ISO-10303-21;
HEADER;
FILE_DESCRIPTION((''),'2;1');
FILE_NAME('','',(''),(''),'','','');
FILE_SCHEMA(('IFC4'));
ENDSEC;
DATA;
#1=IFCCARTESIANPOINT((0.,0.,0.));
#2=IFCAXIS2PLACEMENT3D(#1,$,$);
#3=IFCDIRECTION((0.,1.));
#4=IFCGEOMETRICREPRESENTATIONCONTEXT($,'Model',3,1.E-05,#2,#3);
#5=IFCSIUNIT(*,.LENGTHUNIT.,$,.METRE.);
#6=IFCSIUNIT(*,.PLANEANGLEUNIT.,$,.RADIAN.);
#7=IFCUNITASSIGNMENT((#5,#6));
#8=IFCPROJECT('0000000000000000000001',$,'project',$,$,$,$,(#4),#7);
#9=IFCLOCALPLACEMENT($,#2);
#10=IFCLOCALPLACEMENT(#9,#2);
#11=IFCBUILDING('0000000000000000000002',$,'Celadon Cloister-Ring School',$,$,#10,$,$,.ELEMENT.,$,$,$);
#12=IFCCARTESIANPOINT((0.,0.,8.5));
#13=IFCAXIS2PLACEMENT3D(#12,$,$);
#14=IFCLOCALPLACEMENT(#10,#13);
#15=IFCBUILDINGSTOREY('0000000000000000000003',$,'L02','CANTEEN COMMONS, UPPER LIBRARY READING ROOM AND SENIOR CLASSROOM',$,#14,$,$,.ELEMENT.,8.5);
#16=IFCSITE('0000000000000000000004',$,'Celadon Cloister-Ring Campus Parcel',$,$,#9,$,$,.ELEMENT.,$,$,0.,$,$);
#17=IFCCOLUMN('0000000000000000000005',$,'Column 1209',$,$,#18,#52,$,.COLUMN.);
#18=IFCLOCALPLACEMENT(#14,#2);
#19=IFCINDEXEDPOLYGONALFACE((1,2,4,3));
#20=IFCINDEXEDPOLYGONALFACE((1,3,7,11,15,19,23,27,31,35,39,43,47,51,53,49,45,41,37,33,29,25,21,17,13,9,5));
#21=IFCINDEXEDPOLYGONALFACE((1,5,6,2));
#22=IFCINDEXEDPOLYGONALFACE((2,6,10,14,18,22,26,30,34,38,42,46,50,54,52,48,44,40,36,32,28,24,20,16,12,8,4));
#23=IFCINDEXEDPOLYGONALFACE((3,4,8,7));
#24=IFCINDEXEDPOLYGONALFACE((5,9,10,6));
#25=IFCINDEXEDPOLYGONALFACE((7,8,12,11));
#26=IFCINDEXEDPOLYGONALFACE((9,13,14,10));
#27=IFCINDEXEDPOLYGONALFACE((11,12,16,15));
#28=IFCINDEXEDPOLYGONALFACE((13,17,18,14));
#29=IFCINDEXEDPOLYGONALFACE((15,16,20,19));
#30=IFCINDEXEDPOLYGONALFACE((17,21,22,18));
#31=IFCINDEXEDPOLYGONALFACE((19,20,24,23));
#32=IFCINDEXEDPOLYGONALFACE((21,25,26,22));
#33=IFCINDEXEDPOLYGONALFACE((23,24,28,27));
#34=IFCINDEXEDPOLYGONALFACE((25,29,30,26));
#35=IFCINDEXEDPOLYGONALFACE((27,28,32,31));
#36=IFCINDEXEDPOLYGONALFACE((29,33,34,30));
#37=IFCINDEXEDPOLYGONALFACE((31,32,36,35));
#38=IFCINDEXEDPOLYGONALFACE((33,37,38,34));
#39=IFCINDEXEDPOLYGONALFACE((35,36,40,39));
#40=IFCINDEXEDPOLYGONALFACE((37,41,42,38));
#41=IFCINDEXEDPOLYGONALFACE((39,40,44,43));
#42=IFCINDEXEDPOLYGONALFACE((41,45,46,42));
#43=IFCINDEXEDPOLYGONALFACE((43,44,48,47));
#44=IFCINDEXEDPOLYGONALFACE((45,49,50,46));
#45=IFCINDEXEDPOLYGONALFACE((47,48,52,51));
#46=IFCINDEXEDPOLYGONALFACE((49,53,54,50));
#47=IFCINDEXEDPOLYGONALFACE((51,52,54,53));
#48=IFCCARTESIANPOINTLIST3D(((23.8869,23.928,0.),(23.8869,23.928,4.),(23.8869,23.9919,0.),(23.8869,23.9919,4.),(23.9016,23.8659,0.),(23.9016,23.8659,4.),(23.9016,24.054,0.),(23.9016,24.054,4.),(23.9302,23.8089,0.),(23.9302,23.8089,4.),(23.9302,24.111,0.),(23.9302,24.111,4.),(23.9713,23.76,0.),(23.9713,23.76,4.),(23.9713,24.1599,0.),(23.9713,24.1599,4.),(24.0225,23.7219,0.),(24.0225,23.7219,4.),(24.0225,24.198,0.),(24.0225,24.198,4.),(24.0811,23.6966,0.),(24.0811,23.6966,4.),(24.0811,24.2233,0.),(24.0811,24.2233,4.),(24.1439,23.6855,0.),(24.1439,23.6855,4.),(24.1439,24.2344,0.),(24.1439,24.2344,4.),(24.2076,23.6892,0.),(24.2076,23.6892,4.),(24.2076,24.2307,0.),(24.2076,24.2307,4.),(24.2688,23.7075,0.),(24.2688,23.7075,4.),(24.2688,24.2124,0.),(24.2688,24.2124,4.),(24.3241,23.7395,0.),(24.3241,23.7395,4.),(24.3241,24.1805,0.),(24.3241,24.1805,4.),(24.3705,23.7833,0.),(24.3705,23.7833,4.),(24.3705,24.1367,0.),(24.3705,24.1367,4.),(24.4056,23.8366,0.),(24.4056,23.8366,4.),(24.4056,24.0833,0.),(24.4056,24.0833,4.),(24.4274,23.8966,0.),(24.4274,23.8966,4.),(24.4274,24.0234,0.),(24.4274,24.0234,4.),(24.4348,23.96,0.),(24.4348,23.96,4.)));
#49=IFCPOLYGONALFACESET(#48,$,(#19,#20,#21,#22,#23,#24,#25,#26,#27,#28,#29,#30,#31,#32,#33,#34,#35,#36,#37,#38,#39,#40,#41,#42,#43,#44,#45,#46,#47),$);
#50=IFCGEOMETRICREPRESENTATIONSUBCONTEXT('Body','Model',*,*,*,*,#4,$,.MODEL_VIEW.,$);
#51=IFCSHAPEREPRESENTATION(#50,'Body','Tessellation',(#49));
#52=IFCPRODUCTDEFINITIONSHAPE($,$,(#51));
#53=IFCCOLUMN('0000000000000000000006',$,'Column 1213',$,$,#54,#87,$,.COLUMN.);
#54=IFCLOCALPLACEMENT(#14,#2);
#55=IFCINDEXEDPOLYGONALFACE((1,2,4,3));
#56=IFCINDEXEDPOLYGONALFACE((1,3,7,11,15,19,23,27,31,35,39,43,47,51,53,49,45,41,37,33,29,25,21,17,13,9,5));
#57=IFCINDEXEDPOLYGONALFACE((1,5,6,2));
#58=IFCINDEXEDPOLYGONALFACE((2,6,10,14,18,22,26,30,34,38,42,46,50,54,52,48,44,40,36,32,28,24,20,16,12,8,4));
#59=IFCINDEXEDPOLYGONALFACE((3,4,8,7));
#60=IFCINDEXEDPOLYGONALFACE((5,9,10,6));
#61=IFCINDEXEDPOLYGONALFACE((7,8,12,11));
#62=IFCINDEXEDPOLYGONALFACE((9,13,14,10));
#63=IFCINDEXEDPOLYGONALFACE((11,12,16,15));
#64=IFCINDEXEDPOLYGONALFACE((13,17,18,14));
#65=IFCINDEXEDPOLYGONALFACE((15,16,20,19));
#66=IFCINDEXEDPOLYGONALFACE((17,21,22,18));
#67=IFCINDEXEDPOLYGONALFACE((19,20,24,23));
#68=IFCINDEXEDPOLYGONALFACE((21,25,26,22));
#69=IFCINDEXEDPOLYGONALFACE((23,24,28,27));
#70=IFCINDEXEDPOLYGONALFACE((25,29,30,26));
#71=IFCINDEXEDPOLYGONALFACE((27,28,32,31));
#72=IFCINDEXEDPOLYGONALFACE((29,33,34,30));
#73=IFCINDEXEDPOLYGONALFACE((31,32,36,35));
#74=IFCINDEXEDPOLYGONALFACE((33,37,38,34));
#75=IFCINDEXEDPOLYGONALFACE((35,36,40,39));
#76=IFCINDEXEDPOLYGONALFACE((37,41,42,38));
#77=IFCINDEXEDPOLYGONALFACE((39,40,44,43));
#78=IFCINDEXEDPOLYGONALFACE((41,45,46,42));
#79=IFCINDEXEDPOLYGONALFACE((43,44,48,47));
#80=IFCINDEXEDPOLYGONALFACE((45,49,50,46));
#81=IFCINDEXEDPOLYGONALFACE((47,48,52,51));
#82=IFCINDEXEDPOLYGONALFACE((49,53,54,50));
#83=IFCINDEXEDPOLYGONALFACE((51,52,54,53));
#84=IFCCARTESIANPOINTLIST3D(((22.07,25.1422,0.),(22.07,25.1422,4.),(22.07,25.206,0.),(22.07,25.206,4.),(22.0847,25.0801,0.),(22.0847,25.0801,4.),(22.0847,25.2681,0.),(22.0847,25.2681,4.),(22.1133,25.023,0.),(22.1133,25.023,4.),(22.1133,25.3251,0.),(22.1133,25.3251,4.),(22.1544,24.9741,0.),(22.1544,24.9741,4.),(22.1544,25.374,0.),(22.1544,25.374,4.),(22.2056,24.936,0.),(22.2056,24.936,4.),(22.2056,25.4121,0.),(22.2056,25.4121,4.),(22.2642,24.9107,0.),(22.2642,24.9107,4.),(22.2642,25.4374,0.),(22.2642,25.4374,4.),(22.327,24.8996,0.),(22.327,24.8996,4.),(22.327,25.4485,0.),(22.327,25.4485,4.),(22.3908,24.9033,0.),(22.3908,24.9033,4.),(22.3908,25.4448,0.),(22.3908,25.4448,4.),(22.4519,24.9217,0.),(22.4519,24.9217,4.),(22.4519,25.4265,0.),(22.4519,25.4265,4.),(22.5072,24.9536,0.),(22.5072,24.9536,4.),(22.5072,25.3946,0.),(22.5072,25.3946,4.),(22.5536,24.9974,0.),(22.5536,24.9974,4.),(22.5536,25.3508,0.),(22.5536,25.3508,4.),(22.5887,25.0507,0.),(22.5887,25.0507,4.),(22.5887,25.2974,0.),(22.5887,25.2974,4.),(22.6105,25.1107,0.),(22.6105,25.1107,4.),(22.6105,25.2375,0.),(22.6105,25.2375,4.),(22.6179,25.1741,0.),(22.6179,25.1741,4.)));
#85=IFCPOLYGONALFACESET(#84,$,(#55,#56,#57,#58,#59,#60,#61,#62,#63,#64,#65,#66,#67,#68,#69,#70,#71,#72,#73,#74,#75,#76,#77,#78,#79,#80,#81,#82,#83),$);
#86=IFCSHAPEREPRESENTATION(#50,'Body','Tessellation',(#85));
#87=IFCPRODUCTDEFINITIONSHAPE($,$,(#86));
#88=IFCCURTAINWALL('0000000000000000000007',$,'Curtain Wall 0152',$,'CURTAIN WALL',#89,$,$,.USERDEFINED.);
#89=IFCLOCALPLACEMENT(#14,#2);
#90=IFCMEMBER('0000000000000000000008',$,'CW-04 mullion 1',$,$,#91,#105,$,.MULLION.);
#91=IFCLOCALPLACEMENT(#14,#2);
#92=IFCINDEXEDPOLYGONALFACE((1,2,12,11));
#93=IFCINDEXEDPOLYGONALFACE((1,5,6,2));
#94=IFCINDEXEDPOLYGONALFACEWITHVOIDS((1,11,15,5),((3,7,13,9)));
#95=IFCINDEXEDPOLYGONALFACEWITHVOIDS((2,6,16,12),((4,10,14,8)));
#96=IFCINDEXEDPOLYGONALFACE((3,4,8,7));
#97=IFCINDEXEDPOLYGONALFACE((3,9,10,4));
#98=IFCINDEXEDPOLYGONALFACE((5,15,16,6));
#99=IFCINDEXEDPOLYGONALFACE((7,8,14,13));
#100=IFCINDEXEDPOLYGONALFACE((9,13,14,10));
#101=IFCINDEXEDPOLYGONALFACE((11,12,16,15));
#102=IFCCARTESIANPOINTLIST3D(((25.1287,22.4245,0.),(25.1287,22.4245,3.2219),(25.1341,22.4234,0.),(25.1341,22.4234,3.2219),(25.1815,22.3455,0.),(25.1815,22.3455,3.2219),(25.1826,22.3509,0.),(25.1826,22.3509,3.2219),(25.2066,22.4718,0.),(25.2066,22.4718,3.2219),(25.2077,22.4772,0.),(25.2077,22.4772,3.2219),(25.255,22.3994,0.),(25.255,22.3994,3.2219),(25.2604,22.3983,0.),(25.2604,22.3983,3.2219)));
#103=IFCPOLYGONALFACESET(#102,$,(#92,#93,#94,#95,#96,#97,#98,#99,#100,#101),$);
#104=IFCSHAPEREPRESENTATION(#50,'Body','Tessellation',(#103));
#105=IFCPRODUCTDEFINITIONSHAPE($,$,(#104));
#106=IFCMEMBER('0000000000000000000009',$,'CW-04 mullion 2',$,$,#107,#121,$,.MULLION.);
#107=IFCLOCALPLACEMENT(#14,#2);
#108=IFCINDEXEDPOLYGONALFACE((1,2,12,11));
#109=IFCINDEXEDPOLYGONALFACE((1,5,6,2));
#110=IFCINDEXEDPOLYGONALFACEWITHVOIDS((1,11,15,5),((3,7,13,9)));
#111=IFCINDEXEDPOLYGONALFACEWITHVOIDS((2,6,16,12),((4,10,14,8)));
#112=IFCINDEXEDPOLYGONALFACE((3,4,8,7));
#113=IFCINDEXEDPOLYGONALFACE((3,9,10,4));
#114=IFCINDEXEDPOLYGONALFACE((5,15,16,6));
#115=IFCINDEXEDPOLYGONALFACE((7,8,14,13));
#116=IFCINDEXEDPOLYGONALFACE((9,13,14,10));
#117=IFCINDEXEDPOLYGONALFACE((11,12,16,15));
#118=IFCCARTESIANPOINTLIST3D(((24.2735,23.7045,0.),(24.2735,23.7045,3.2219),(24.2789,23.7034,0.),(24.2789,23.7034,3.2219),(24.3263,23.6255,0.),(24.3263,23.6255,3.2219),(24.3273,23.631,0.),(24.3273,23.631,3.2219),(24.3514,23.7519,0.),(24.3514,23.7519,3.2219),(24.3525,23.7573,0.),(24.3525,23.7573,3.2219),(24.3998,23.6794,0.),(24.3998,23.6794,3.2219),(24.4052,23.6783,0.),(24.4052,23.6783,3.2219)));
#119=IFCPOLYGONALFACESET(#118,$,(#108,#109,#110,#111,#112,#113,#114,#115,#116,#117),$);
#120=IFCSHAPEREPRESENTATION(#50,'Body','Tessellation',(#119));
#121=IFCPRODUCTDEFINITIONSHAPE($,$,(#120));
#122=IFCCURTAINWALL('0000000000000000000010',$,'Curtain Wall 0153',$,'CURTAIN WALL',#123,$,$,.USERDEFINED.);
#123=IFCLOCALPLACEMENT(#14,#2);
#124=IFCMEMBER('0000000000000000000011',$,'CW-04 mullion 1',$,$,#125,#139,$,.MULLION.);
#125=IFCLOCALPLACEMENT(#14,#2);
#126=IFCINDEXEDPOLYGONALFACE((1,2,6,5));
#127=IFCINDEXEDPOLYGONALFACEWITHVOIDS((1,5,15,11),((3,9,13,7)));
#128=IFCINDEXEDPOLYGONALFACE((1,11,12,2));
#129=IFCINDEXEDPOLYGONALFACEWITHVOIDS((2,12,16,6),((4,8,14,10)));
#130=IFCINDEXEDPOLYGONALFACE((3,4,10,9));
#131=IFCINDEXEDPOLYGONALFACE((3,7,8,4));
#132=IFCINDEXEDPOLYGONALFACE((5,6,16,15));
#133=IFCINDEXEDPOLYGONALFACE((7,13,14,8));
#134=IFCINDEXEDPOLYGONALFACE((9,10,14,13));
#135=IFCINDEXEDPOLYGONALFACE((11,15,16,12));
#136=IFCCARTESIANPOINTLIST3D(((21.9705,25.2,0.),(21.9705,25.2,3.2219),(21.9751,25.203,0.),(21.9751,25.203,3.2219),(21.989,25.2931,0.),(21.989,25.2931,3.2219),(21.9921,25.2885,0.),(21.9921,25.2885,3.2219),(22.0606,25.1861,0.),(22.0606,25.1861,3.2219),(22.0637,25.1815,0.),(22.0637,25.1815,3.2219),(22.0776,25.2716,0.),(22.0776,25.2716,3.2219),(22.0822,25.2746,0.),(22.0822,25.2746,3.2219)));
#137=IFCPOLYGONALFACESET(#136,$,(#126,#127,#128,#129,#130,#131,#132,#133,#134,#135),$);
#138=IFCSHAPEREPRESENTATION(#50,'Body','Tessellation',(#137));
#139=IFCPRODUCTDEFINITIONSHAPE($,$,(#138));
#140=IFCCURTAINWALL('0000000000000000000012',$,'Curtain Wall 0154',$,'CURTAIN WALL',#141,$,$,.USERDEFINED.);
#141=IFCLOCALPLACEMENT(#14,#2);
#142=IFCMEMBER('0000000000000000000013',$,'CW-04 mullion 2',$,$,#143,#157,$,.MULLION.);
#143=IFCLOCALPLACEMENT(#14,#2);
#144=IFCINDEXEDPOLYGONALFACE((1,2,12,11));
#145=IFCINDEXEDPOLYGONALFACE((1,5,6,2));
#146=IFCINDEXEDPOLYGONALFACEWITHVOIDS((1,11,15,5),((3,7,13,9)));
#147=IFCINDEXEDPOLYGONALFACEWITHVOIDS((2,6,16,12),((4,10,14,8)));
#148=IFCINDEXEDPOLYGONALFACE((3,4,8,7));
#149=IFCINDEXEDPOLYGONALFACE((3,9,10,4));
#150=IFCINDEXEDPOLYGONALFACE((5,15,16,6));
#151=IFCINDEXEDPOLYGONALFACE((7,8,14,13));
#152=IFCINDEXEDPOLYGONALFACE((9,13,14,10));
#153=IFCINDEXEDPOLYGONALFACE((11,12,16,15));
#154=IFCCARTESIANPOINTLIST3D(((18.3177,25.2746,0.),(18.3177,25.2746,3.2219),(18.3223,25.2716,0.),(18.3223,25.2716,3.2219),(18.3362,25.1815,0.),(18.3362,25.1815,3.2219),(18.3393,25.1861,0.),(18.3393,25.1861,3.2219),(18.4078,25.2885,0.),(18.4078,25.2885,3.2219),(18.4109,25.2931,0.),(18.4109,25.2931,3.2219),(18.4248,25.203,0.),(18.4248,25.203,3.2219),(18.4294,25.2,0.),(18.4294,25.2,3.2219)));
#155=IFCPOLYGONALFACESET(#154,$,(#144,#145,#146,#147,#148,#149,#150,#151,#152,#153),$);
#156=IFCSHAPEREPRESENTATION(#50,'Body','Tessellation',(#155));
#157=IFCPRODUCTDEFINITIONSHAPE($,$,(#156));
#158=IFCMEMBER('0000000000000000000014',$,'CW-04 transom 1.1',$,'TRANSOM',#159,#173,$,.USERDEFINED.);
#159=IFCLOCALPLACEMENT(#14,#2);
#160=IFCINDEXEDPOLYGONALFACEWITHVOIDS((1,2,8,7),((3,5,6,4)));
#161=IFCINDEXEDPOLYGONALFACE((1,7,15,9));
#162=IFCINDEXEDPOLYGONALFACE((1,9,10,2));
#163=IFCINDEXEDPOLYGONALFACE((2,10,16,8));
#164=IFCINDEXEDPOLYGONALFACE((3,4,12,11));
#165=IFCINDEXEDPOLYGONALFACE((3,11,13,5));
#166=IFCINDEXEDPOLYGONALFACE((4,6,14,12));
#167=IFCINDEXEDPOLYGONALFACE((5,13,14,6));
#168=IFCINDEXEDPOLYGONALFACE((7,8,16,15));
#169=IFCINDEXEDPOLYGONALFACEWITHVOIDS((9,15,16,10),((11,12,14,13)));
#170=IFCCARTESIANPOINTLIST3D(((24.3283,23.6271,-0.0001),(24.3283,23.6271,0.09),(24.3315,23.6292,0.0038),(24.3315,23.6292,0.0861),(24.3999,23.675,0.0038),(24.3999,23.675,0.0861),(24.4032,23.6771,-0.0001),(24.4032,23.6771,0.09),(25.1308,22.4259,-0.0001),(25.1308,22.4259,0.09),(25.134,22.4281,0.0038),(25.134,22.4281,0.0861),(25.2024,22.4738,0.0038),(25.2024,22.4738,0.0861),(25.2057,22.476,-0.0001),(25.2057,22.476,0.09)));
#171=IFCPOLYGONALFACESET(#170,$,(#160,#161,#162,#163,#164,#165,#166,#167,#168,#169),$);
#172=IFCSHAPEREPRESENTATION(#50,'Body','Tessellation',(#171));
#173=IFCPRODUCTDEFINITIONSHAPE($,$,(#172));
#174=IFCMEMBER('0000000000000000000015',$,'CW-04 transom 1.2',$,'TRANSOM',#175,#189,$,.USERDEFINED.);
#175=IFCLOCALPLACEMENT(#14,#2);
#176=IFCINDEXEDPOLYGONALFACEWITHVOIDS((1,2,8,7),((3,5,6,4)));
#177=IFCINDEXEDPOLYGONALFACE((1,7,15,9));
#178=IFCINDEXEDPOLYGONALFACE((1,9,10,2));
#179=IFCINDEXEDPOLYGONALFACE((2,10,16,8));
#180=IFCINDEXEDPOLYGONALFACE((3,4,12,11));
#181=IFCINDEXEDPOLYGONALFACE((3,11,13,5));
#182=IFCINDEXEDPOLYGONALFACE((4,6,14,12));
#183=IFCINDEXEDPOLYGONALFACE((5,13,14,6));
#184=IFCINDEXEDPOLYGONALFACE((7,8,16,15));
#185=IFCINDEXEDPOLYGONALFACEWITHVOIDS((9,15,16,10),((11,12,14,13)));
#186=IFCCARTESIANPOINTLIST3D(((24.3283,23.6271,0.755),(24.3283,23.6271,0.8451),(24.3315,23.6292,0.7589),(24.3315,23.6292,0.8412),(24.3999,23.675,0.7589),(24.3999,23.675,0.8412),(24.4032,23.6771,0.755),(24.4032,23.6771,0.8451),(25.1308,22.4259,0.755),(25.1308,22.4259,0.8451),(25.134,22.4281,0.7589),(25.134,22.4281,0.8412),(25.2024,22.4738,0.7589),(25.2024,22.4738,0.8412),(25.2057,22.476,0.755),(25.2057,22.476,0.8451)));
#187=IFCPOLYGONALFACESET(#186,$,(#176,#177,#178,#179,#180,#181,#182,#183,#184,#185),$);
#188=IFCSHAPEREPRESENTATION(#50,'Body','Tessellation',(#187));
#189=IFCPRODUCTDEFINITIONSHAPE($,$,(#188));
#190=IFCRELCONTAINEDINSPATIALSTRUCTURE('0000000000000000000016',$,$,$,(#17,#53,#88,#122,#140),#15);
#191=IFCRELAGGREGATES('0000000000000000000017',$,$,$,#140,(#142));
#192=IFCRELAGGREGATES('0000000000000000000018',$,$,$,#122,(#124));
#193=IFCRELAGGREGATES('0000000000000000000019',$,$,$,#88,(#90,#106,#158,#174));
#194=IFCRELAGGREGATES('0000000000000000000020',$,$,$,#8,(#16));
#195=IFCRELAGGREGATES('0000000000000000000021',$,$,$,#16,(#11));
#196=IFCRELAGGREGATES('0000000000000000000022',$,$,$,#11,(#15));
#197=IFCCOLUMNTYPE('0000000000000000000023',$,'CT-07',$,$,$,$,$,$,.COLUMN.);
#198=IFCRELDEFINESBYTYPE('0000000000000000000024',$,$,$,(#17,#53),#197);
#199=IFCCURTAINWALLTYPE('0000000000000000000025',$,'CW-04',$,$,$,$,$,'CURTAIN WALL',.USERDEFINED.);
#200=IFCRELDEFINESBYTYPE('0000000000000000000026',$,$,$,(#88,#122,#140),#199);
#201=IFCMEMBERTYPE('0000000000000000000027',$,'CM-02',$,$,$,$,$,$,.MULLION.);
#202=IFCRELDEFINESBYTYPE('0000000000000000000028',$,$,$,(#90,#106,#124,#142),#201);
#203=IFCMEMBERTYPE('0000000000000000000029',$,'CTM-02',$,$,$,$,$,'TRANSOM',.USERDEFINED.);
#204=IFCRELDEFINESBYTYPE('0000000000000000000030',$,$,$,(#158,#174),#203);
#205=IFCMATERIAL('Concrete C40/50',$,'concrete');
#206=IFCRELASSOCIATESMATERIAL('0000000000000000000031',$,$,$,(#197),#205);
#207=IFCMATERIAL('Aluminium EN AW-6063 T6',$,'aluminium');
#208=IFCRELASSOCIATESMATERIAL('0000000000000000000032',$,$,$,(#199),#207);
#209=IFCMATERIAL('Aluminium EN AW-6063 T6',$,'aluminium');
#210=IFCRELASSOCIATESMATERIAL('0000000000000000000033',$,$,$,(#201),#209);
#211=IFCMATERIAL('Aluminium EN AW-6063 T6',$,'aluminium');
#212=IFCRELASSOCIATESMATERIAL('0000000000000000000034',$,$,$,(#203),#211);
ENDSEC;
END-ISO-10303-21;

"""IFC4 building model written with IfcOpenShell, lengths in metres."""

from ifc_helpers import new_model, si_unit, direction, frame, origin, origin_2d, place, context, subcontext, project, spatial, hollow_rectangle, circle, extrude, material, material_profile, profile_set, type_object, element, aggregate, save


model = new_model("IFC4")

# Units and contexts
model_context = context("Model", 3, precision=1e-05, world=origin(), true_north=direction((0.0, 1.0)))
body_context = subcontext(model_context, "Body", "Model", "MODEL_VIEW")
ifc_project = project(units=[si_unit("LENGTHUNIT", "METRE"), si_unit("PLANEANGLEUNIT", "RADIAN")], contexts=[model_context])

# Site, building, storey
site_placement = place(None, origin())
site = spatial("IfcSite", under=ifc_project, at=site_placement, Name="Celadon Cloister-Ring Campus Parcel", CompositionType="ELEMENT", RefElevation=0.0)
building_placement = place(site_placement, origin())
building = spatial("IfcBuilding", under=site, at=building_placement, Name="Celadon Cloister-Ring School", CompositionType="ELEMENT")
storey_placement = place(building_placement, frame((0.0, 0.0, 8.5)))
storey = spatial("IfcBuildingStorey", under=building, at=storey_placement, Name="L02", Description="CANTEEN COMMONS, UPPER LIBRARY READING ROOM AND SENIOR CLASSROOM", CompositionType="ELEMENT", Elevation=8.5)

# Columns
ifc_material_1 = material(Name="Concrete C40/50", Category="concrete")
ifc_material_profile_1 = material_profile(ifc_material_1, circle(Radius=0.2749, at=origin_2d()), Name="CIRC550")
ifc_profile_set_1 = profile_set([ifc_material_profile_1], Name="Concrete C40/50")
column_type = type_object("IfcColumnType", Name="CT-07", PredefinedType="COLUMN", material=ifc_profile_set_1)
for number, where, z_axis, x_axis, name in (
    (1, (24.1599, 23.96, 0.0), (0.0, 0.0, 1.0), (1.0, 0.0, 0.0), "Column 1209"),
    (2, (22.343, 25.1741, 0.0), (0.0, 0.0, 1.0), (1.0, 0.0, 0.0), "Column 1213"),
):
    element("IfcColumn", number, at=place(storey_placement, frame(where, z_axis=z_axis, x_axis=x_axis)), inside=storey, type_object=column_type, Name=name, PredefinedType="COLUMN", context=body_context, shape_type="SweptSolid", body=[
        extrude(circle(Radius=0.2749, at=origin_2d()), origin(), (0.0, 0.0, 1.0), 4.0),
    ])

# Curtain wall, members
ifc_material_2 = material(Name="Aluminium EN AW-6063 T6", Category="aluminium")
curtain_wall_type = type_object("IfcCurtainWallType", Name="CW-04", ElementType="CURTAIN WALL", PredefinedType="USERDEFINED", material=ifc_material_2)
curtain_wall_1_placement = place(storey_placement, origin())
curtain_wall_1 = element("IfcCurtainWall", 3, at=curtain_wall_1_placement, inside=storey, type_object=curtain_wall_type, Name="Curtain Wall 0152", ObjectType="CURTAIN WALL", PredefinedType="USERDEFINED")
ifc_material_3 = material(Name="Aluminium EN AW-6063 T6", Category="aluminium")
ifc_material_profile_2 = material_profile(ifc_material_3, hollow_rectangle(XDim=0.095, YDim=0.095, WallThickness=0.0039, at=origin_2d()), Name="RHS95X95X4")
ifc_profile_set_2 = profile_set([ifc_material_profile_2], Name="Aluminium EN AW-6063 T6")
member_type_1 = type_object("IfcMemberType", Name="CM-02", PredefinedType="MULLION", material=ifc_profile_set_2)
member_1_placement = place(storey_placement, frame((25.1946, 22.4114, 0.0), z_axis=(0.0, 0.0, 1.0), x_axis=(-0.831485, -0.555547, 0.0)))
member_1 = element("IfcMember", 4, at=member_1_placement, type_object=member_type_1, Name="CW-04 mullion 1", PredefinedType="MULLION", context=body_context, shape_type="SweptSolid", body=[
    extrude(hollow_rectangle(XDim=0.095, YDim=0.095, WallThickness=0.0039, at=origin_2d()), origin(), (0.0, 0.0, 1.0), 3.2219),
])
member_2_placement = place(storey_placement, frame((24.3394, 23.6914, 0.0), z_axis=(0.0, 0.0, 1.0), x_axis=(-0.831485, -0.555547, 0.0)))
member_2 = element("IfcMember", 5, at=member_2_placement, type_object=member_type_1, Name="CW-04 mullion 2", PredefinedType="MULLION", context=body_context, shape_type="SweptSolid", body=[
    extrude(hollow_rectangle(XDim=0.095, YDim=0.095, WallThickness=0.0039, at=origin_2d()), origin(), (0.0, 0.0, 1.0), 3.2219),
])

# Curtain walls, members
curtain_wall_2_placement = place(storey_placement, origin())
curtain_wall_2 = element("IfcCurtainWall", 6, at=curtain_wall_2_placement, inside=storey, type_object=curtain_wall_type, Name="Curtain Wall 0153", ObjectType="CURTAIN WALL", PredefinedType="USERDEFINED")
member_3_placement = place(storey_placement, frame((22.0264, 25.2373, 0.0), z_axis=(0.0, 0.0, 1.0), x_axis=(-0.194586, -0.980885, 0.0)))
member_3 = element("IfcMember", 7, at=member_3_placement, type_object=member_type_1, Name="CW-04 mullion 1", PredefinedType="MULLION", context=body_context, shape_type="SweptSolid", body=[
    extrude(hollow_rectangle(XDim=0.095, YDim=0.095, WallThickness=0.0039, at=origin_2d()), origin(), (0.0, 0.0, 1.0), 3.2219),
])
curtain_wall_3_placement = place(storey_placement, origin())
curtain_wall_3 = element("IfcCurtainWall", 8, at=curtain_wall_3_placement, inside=storey, type_object=curtain_wall_type, Name="Curtain Wall 0154", ObjectType="CURTAIN WALL", PredefinedType="USERDEFINED")
member_4_placement = place(storey_placement, frame((18.3735, 25.2373, 0.0), z_axis=(0.0, 0.0, 1.0), x_axis=(0.194586, -0.980885, 0.0)))
member_4 = element("IfcMember", 9, at=member_4_placement, type_object=member_type_1, Name="CW-04 mullion 2", PredefinedType="MULLION", context=body_context, shape_type="SweptSolid", body=[
    extrude(hollow_rectangle(XDim=0.095, YDim=0.095, WallThickness=0.0039, at=origin_2d()), origin(), (0.0, 0.0, 1.0), 3.2219),
])
aggregate(curtain_wall_3, [member_4])

# Members
ifc_material_4 = material(Name="Aluminium EN AW-6063 T6", Category="aluminium")
ifc_material_profile_3 = material_profile(ifc_material_4, hollow_rectangle(XDim=0.0901, YDim=0.0901, WallThickness=0.0039, at=origin_2d()), Name="RHS90X90X4")
ifc_profile_set_3 = profile_set([ifc_material_profile_3], Name="Aluminium EN AW-6063 T6")
member_type_2 = type_object("IfcMemberType", Name="CTM-02", ElementType="TRANSOM", PredefinedType="USERDEFINED", material=ifc_profile_set_3)
member_5_placement = place(storey_placement, frame((25.1682, 22.4509, 0.0449), z_axis=(-0.555519, 0.831504, 0.0), x_axis=(-0.831504, -0.555519, 0.0)))
member_5 = element("IfcMember", 10, at=member_5_placement, type_object=member_type_2, Name="CW-04 transom 1.1", ObjectType="TRANSOM", PredefinedType="USERDEFINED", context=body_context, shape_type="SweptSolid", body=[
    extrude(hollow_rectangle(XDim=0.0901, YDim=0.0901, WallThickness=0.0039, at=origin_2d()), origin(), (0.0, 0.0, 1.0), 1.4446),
])
member_6_placement = place(storey_placement, frame((25.1682, 22.4509, 0.8), z_axis=(-0.555519, 0.831504, 0.0), x_axis=(-0.831504, -0.555519, 0.0)))
member_6 = element("IfcMember", 11, at=member_6_placement, type_object=member_type_2, Name="CW-04 transom 1.2", ObjectType="TRANSOM", PredefinedType="USERDEFINED", context=body_context, shape_type="SweptSolid", body=[
    extrude(hollow_rectangle(XDim=0.0901, YDim=0.0901, WallThickness=0.0039, at=origin_2d()), origin(), (0.0, 0.0, 1.0), 1.4446),
])
aggregate(curtain_wall_2, [member_3])

aggregate(curtain_wall_1, [member_1, member_2, member_5, member_6])

save(model, "model.ifc")
